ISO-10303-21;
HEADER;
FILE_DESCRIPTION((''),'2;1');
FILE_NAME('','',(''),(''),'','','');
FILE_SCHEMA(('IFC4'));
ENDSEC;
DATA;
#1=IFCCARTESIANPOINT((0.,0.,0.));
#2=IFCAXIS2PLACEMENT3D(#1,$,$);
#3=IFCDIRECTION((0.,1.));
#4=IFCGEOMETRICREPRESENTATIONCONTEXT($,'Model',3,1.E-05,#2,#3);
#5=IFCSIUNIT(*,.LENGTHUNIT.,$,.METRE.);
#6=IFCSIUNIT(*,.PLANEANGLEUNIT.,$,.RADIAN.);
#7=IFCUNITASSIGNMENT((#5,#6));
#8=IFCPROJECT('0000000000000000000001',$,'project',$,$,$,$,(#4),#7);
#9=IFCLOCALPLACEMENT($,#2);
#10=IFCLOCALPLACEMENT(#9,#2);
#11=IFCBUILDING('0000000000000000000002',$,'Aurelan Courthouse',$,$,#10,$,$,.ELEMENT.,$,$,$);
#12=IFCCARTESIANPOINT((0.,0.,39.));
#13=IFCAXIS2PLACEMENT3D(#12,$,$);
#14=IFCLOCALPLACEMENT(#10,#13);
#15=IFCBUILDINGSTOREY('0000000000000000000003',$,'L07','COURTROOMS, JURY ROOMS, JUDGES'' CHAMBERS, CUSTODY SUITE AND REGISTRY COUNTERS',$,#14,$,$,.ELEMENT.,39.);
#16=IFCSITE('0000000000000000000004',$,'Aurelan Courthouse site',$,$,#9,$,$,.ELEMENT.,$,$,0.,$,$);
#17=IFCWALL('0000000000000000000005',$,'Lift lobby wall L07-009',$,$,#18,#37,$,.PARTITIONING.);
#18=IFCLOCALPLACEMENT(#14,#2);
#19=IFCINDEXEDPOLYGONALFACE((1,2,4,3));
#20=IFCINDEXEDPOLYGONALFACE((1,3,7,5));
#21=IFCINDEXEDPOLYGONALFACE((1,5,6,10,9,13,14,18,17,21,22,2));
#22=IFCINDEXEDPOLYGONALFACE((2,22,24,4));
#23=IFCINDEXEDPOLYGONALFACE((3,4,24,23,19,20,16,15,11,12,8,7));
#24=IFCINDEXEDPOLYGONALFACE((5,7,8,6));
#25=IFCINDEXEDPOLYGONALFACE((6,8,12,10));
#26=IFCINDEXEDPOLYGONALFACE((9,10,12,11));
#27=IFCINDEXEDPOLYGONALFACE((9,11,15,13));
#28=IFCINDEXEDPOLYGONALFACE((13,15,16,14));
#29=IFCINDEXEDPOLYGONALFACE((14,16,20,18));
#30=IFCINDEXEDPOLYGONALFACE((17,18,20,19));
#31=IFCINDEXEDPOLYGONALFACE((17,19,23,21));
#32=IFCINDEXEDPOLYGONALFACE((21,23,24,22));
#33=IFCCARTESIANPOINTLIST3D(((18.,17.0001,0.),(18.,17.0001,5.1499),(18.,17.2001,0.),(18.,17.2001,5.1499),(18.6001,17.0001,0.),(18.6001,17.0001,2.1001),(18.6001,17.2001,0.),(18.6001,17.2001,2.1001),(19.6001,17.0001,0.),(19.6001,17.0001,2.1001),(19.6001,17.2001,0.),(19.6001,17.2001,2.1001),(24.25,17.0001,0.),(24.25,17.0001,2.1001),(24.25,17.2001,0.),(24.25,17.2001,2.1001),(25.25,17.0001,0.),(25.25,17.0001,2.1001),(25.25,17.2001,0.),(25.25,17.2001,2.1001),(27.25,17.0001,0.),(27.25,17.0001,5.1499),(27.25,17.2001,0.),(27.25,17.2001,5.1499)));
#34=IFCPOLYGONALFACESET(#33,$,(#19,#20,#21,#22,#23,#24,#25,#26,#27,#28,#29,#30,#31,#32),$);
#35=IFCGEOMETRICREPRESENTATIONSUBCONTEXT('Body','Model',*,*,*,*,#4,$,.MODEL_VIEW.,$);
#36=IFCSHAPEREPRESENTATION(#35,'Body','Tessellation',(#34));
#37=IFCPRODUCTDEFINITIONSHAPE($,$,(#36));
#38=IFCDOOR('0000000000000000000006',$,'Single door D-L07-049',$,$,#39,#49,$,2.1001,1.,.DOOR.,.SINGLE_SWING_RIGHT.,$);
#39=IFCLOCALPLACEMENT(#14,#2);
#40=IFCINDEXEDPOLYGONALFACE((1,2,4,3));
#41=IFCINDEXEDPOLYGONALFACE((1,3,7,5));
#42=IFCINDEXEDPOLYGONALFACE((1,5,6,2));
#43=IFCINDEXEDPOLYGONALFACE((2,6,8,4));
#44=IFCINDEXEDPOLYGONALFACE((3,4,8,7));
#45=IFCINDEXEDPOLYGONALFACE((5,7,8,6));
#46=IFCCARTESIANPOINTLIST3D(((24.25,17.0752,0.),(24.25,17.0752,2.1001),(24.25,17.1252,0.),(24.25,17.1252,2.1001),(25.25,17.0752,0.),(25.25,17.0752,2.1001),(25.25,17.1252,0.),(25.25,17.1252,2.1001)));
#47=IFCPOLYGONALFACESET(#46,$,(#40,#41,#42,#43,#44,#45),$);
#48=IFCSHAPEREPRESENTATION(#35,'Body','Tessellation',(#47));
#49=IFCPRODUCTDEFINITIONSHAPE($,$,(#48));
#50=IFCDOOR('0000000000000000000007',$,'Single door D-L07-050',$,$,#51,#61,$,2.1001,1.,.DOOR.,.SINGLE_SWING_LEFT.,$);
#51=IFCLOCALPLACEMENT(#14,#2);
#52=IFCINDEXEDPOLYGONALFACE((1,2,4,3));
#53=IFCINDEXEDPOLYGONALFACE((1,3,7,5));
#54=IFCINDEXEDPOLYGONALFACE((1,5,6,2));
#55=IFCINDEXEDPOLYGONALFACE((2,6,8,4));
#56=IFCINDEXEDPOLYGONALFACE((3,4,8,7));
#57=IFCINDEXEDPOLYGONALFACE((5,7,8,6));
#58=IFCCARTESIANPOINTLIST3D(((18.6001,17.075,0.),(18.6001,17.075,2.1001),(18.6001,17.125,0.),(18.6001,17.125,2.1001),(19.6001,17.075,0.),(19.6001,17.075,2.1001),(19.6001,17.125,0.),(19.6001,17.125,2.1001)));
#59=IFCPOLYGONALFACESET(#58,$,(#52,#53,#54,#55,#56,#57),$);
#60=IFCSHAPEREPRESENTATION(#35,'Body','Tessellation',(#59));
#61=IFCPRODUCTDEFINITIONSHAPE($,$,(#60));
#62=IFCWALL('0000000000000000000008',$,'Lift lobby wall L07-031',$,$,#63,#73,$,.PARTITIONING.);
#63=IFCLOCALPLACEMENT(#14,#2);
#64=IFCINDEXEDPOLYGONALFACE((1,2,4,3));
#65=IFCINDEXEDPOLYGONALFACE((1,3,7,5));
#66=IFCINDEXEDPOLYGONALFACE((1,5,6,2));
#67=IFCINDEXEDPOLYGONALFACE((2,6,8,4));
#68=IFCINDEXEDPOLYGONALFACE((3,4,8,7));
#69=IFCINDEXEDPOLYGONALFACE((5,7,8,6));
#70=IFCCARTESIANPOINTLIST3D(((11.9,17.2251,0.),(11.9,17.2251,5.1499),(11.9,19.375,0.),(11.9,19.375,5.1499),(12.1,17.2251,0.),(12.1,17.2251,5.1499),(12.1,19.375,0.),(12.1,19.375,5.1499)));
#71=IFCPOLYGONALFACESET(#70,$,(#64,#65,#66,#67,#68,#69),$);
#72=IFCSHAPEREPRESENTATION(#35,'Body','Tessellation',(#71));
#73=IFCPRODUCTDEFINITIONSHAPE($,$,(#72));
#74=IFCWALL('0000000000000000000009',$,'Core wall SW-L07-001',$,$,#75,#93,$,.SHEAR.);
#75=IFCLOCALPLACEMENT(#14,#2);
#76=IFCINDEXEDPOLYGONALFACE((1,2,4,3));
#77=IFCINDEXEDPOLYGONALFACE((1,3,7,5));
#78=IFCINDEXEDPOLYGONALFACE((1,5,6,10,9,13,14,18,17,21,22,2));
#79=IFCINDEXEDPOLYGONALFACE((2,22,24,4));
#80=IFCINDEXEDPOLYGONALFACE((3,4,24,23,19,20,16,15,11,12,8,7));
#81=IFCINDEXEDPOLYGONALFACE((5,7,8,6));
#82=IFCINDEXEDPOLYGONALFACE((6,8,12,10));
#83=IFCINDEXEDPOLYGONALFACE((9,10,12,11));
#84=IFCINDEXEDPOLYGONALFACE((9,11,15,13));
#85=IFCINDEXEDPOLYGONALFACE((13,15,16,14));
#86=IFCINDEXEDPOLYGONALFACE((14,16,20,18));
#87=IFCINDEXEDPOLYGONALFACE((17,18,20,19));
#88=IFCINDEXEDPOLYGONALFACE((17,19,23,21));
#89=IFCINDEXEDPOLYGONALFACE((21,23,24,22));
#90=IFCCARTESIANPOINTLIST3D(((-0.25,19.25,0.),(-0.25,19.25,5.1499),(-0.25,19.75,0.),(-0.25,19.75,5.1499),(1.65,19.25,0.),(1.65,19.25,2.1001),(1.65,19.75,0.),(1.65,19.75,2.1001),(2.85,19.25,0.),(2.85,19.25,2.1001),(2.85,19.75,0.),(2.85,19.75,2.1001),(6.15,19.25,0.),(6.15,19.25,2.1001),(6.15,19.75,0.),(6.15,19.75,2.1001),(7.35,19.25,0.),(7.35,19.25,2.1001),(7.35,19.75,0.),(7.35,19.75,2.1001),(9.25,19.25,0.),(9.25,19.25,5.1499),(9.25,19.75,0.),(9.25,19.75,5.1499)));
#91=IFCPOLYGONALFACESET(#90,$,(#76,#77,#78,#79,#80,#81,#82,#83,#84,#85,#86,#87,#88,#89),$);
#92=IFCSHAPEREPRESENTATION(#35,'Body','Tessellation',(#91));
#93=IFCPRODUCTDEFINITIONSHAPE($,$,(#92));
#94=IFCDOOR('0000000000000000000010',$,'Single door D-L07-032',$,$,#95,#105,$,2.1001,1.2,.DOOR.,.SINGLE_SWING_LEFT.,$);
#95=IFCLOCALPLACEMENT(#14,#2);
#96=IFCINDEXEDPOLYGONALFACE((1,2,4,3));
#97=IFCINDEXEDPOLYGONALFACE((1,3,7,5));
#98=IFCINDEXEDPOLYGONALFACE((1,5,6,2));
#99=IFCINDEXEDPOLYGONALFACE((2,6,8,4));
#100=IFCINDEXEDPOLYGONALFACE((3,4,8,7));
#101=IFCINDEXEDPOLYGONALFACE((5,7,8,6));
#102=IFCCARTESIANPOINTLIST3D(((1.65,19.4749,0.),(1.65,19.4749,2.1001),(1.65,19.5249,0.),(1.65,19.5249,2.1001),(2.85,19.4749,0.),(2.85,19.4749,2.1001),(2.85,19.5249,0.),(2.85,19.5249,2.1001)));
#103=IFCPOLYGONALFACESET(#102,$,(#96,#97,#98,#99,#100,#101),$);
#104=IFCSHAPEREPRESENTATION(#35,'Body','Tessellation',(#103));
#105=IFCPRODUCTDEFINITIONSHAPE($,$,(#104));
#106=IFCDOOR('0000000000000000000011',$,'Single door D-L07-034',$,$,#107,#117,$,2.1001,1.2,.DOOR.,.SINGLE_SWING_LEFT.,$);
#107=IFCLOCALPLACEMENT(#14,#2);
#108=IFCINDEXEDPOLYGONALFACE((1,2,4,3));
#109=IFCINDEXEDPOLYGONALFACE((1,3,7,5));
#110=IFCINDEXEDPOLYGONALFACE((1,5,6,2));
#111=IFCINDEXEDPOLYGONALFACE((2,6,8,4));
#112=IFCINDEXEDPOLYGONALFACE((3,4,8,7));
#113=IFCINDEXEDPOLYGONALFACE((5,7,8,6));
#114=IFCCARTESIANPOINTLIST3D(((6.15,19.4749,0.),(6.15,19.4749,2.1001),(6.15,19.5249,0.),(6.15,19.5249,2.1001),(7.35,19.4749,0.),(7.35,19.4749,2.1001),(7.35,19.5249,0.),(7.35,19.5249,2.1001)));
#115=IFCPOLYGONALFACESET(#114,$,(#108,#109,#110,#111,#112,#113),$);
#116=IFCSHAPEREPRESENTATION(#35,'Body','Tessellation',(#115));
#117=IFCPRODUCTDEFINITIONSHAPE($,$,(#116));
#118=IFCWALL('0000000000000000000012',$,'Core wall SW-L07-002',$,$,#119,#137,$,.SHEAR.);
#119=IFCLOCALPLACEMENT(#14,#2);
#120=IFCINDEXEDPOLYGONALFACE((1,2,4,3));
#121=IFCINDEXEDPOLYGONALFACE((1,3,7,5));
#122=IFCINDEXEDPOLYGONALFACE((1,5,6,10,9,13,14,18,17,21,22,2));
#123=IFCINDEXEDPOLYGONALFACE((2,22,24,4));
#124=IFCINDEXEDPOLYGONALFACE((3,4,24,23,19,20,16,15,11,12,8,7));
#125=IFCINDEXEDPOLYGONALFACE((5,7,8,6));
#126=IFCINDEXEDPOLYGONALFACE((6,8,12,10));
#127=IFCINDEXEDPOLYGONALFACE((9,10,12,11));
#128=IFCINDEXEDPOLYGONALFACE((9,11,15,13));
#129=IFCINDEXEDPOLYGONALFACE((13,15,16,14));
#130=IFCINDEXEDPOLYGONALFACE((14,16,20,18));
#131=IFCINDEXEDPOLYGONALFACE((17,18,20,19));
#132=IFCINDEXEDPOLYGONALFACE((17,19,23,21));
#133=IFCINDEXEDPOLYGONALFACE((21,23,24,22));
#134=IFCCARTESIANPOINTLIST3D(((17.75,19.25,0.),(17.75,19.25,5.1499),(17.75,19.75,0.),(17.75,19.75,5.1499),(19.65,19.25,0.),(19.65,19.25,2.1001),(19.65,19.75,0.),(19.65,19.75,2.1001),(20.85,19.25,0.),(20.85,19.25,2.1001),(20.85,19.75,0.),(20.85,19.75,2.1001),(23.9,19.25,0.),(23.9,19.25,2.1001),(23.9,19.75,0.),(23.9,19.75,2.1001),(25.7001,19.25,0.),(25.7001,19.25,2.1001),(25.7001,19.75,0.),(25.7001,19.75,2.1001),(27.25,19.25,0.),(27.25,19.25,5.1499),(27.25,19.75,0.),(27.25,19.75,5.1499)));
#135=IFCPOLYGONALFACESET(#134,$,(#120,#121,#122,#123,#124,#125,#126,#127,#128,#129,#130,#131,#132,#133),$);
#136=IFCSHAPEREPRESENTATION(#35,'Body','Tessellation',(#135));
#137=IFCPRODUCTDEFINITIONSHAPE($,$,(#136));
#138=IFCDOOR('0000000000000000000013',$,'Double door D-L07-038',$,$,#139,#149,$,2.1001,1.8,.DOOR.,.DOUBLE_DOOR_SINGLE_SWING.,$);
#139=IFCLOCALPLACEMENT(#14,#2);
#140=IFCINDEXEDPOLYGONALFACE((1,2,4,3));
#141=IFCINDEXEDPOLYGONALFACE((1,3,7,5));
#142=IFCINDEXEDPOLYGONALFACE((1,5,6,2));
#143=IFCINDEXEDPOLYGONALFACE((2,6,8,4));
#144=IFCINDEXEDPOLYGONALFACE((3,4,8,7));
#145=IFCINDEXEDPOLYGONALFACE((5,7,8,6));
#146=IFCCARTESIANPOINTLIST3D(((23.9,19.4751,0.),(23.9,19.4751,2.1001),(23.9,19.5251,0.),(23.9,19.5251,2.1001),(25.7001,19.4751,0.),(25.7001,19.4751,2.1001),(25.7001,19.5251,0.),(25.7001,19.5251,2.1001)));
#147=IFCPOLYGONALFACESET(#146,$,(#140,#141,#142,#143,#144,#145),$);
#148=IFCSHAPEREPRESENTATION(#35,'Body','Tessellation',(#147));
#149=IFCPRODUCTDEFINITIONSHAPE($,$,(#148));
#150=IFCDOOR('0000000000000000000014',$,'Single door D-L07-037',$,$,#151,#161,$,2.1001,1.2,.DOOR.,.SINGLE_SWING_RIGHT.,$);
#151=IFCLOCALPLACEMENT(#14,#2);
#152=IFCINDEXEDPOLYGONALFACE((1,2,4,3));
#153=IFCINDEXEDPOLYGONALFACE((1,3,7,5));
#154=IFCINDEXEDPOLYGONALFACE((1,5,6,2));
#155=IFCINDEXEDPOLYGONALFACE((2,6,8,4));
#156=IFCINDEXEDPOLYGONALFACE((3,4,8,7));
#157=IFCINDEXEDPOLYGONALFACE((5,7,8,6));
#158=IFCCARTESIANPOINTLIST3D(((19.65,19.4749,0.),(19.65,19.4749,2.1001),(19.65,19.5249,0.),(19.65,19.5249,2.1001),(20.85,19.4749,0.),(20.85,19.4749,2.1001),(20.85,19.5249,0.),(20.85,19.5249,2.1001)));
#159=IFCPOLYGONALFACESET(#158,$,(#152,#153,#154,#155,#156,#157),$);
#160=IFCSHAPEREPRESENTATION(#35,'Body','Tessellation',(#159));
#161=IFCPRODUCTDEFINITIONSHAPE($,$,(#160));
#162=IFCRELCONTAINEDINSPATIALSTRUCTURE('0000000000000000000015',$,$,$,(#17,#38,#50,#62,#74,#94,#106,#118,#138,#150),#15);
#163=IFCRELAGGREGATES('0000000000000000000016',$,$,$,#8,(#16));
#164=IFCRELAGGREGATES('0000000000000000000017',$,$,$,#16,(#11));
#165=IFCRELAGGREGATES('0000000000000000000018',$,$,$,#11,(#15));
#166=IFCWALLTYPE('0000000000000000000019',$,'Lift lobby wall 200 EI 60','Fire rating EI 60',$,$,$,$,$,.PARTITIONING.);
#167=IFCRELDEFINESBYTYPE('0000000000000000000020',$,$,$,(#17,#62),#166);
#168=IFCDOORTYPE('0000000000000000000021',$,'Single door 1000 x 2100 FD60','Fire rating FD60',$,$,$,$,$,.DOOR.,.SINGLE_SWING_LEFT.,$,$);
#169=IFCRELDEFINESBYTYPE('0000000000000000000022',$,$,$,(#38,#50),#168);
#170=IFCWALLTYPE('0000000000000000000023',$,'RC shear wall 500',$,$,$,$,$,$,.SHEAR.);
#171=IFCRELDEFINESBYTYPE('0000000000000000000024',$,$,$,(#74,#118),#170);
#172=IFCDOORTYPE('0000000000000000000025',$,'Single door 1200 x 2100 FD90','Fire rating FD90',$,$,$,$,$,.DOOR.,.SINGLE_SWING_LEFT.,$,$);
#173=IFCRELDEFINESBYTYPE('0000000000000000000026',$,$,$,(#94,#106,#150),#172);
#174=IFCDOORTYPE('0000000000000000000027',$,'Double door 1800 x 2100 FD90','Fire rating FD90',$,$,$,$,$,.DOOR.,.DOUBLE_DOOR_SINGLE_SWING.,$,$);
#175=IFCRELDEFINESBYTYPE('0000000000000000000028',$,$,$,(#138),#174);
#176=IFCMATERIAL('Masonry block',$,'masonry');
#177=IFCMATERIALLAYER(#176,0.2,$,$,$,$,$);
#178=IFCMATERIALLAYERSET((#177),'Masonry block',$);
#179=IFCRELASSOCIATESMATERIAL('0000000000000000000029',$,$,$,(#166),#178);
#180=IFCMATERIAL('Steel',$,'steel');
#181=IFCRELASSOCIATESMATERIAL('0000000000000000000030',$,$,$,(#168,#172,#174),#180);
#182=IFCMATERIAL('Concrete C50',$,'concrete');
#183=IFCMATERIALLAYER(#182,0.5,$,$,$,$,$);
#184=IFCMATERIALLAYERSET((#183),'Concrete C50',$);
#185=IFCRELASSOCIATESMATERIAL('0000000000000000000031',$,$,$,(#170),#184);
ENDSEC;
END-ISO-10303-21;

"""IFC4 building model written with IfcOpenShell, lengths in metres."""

from ifc_helpers import new_model, si_unit, direction, frame, frame_2d, origin, place, context, subcontext, project, spatial, rectangle, extrude, material, layer, layer_set, type_object, element, fill, save


model = new_model("IFC4")

# Units and contexts
model_context = context("Model", 3, precision=1e-05, world=origin(), true_north=direction((0.0, 1.0)))
body_context = subcontext(model_context, "Body", "Model", "MODEL_VIEW")
ifc_project = project(units=[si_unit("LENGTHUNIT", "METRE"), si_unit("PLANEANGLEUNIT", "RADIAN")], contexts=[model_context])

# Site, building, storey
site_placement = place(None, origin())
site = spatial("IfcSite", under=ifc_project, at=site_placement, Name="Aurelan Courthouse site", CompositionType="ELEMENT", RefElevation=0.0)
building_placement = place(site_placement, origin())
building = spatial("IfcBuilding", under=site, at=building_placement, Name="Aurelan Courthouse", CompositionType="ELEMENT")
storey_placement = place(building_placement, frame((0.0, 0.0, 39.0)))
storey = spatial("IfcBuildingStorey", under=building, at=storey_placement, Name="L07", Description="COURTROOMS, JURY ROOMS, JUDGES' CHAMBERS, CUSTODY SUITE AND REGISTRY COUNTERS", CompositionType="ELEMENT", Elevation=39.0)

# Wall, openings, doors
ifc_material_1 = material(Name="Masonry block", Category="masonry")
ifc_material_2 = material(Name="Steel", Category="steel")
ifc_layer_1 = layer(ifc_material_1, 0.2)
ifc_layer_set_1 = layer_set([ifc_layer_1], Name="Masonry block")
wall_type_1 = type_object("IfcWallType", Name="Lift lobby wall 200 EI 60", Description="Fire rating EI 60", PredefinedType="PARTITIONING", material=ifc_layer_set_1)
wall_1_placement = place(storey_placement, frame((18.0, 17.1001, 0.0), z_axis=(0.0, 0.0, 1.0), x_axis=(1.0, 0.0, 0.0)))
wall_1 = element("IfcWall", 1, at=wall_1_placement, inside=storey, type_object=wall_type_1, Name="Lift lobby wall L07-009", PredefinedType="PARTITIONING", context=body_context, shape_type="SweptSolid", body=[
    extrude(rectangle(XDim=9.25, YDim=0.2, at=frame_2d((4.625, 0.0))), origin(), (0.0, 0.0, 1.0), 5.1499),
])
opening_1_placement = place(wall_1_placement, frame((7.25, 0.0, 0.0), z_axis=(0.0, 0.0, 1.0), x_axis=(-1.0, 0.0, 0.0)))
opening_1 = element("IfcOpeningElement", 2, at=opening_1_placement, cuts=wall_1, PredefinedType="OPENING", context=body_context, shape_type="SweptSolid", body=[
    extrude(rectangle(XDim=1.0, YDim=2.1001, at=frame_2d((0.5, 1.05))), frame((0.0, 0.1099, 0.0), z_axis=(0.0, -1.0, 0.0), x_axis=(1.0, 0.0, 0.0)), (0.0, 0.0, 1.0), 0.22),
])
opening_2_placement = place(wall_1_placement, frame((0.6001, 0.0, 0.0)))
opening_2 = element("IfcOpeningElement", 3, at=opening_2_placement, cuts=wall_1, PredefinedType="OPENING", context=body_context, shape_type="SweptSolid", body=[
    extrude(rectangle(XDim=1.0, YDim=2.1001, at=frame_2d((0.5, 1.05))), frame((0.0, 0.1099, 0.0), z_axis=(0.0, -1.0, 0.0), x_axis=(1.0, 0.0, 0.0)), (0.0, 0.0, 1.0), 0.22),
])
door_type_1 = type_object("IfcDoorType", Name="Single door 1000 x 2100 FD60", Description="Fire rating FD60", OperationType="SINGLE_SWING_LEFT", PredefinedType="DOOR", material=ifc_material_2)
door_1_placement = place(opening_1_placement, origin())
door_1 = element("IfcDoor", 4, at=door_1_placement, inside=storey, type_object=door_type_1, Name="Single door D-L07-049", OperationType="SINGLE_SWING_RIGHT", OverallHeight=2.1001, OverallWidth=1.0, PredefinedType="DOOR", context=body_context, shape_type="SweptSolid", body=[
    extrude(rectangle(XDim=1.0, YDim=2.1001, at=frame_2d((0.5, 1.05))), frame((0.0, 0.0249, 0.0), z_axis=(0.0, -1.0, 0.0), x_axis=(1.0, 0.0, 0.0)), (0.0, 0.0, 1.0), 0.05),
])
fill(opening_1, door_1)
door_2_placement = place(opening_2_placement, origin())
door_2 = element("IfcDoor", 5, at=door_2_placement, inside=storey, type_object=door_type_1, Name="Single door D-L07-050", OperationType="SINGLE_SWING_LEFT", OverallHeight=2.1001, OverallWidth=1.0, PredefinedType="DOOR", context=body_context, shape_type="SweptSolid", body=[
    extrude(rectangle(XDim=1.0, YDim=2.1001, at=frame_2d((0.5, 1.05))), frame((0.0, 0.0249, 0.0), z_axis=(0.0, -1.0, 0.0), x_axis=(1.0, 0.0, 0.0)), (0.0, 0.0, 1.0), 0.05),
])
fill(opening_2, door_2)

# Wall
wall_2_placement = place(storey_placement, frame((12.0, 17.2251, 0.0), z_axis=(0.0, 0.0, 1.0), x_axis=(0.0, 1.0, 0.0)))
element("IfcWall", 6, at=wall_2_placement, inside=storey, type_object=wall_type_1, Name="Lift lobby wall L07-031", PredefinedType="PARTITIONING", context=body_context, shape_type="SweptSolid", body=[
    extrude(rectangle(XDim=2.1499, YDim=0.2, at=frame_2d((1.075, 0.0))), origin(), (0.0, 0.0, 1.0), 5.1499),
])

# Walls, openings, doors
ifc_material_3 = material(Name="Concrete C50", Category="concrete")
ifc_layer_2 = layer(ifc_material_3, 0.5)
ifc_layer_set_2 = layer_set([ifc_layer_2], Name="Concrete C50")
wall_type_2 = type_object("IfcWallType", Name="RC shear wall 500", PredefinedType="SHEAR", material=ifc_layer_set_2)
wall_3_placement = place(storey_placement, frame((-0.25, 19.5, 0.0), z_axis=(0.0, 0.0, 1.0), x_axis=(1.0, 0.0, 0.0)))
wall_3 = element("IfcWall", 7, at=wall_3_placement, inside=storey, type_object=wall_type_2, Name="Core wall SW-L07-001", PredefinedType="SHEAR", context=body_context, shape_type="SweptSolid", body=[
    extrude(rectangle(XDim=9.5, YDim=0.5, at=frame_2d((4.75, 0.0))), origin(), (0.0, 0.0, 1.0), 5.1499),
])
opening_3_placement = place(wall_3_placement, frame((1.8999, 0.0, 0.0)))
opening_3 = element("IfcOpeningElement", 8, at=opening_3_placement, cuts=wall_3, PredefinedType="OPENING", context=body_context, shape_type="SweptSolid", body=[
    extrude(rectangle(XDim=1.2, YDim=2.1001, at=frame_2d((0.6001, 1.05))), frame((0.0, 0.26, 0.0), z_axis=(0.0, -1.0, 0.0), x_axis=(1.0, 0.0, 0.0)), (0.0, 0.0, 1.0), 0.52),
])
opening_4_placement = place(wall_3_placement, frame((6.3999, 0.0, 0.0)))
opening_4 = element("IfcOpeningElement", 9, at=opening_4_placement, cuts=wall_3, PredefinedType="OPENING", context=body_context, shape_type="SweptSolid", body=[
    extrude(rectangle(XDim=1.2, YDim=2.1001, at=frame_2d((0.6001, 1.05))), frame((0.0, 0.26, 0.0), z_axis=(0.0, -1.0, 0.0), x_axis=(1.0, 0.0, 0.0)), (0.0, 0.0, 1.0), 0.52),
])
door_type_2 = type_object("IfcDoorType", Name="Single door 1200 x 2100 FD90", Description="Fire rating FD90", OperationType="SINGLE_SWING_LEFT", PredefinedType="DOOR", material=ifc_material_2)
door_3_placement = place(opening_3_placement, origin())
door_3 = element("IfcDoor", 10, at=door_3_placement, inside=storey, type_object=door_type_2, Name="Single door D-L07-032", OperationType="SINGLE_SWING_LEFT", OverallHeight=2.1001, OverallWidth=1.2, PredefinedType="DOOR", context=body_context, shape_type="SweptSolid", body=[
    extrude(rectangle(XDim=1.2, YDim=2.1001, at=frame_2d((0.6001, 1.05))), frame((0.0, 0.0249, 0.0), z_axis=(0.0, -1.0, 0.0), x_axis=(1.0, 0.0, 0.0)), (0.0, 0.0, 1.0), 0.05),
])
fill(opening_3, door_3)
door_4_placement = place(opening_4_placement, origin())
door_4 = element("IfcDoor", 11, at=door_4_placement, inside=storey, type_object=door_type_2, Name="Single door D-L07-034", OperationType="SINGLE_SWING_LEFT", OverallHeight=2.1001, OverallWidth=1.2, PredefinedType="DOOR", context=body_context, shape_type="SweptSolid", body=[
    extrude(rectangle(XDim=1.2, YDim=2.1001, at=frame_2d((0.6001, 1.05))), frame((0.0, 0.0249, 0.0), z_axis=(0.0, -1.0, 0.0), x_axis=(1.0, 0.0, 0.0)), (0.0, 0.0, 1.0), 0.05),
])
fill(opening_4, door_4)
wall_4_placement = place(storey_placement, frame((17.75, 19.5, 0.0), z_axis=(0.0, 0.0, 1.0), x_axis=(1.0, 0.0, 0.0)))
wall_4 = element("IfcWall", 12, at=wall_4_placement, inside=storey, type_object=wall_type_2, Name="Core wall SW-L07-002", PredefinedType="SHEAR", context=body_context, shape_type="SweptSolid", body=[
    extrude(rectangle(XDim=9.5, YDim=0.5, at=frame_2d((4.75, 0.0))), origin(), (0.0, 0.0, 1.0), 5.1499),
])
opening_5_placement = place(wall_4_placement, frame((1.8999, 0.0, 0.0)))
opening_5 = element("IfcOpeningElement", 13, at=opening_5_placement, cuts=wall_4, PredefinedType="OPENING", context=body_context, shape_type="SweptSolid", body=[
    extrude(rectangle(XDim=1.2, YDim=2.1001, at=frame_2d((0.6001, 1.05))), frame((0.0, 0.26, 0.0), z_axis=(0.0, -1.0, 0.0), x_axis=(1.0, 0.0, 0.0)), (0.0, 0.0, 1.0), 0.52),
])
opening_6_placement = place(wall_4_placement, frame((7.95, 0.0, 0.0), z_axis=(0.0, 0.0, 1.0), x_axis=(-1.0, 0.0, 0.0)))
opening_6 = element("IfcOpeningElement", 14, at=opening_6_placement, cuts=wall_4, PredefinedType="OPENING", context=body_context, shape_type="SweptSolid", body=[
    extrude(rectangle(XDim=1.8, YDim=2.1001, at=frame_2d((0.8999, 1.05))), frame((0.0, 0.26, 0.0), z_axis=(0.0, -1.0, 0.0), x_axis=(1.0, 0.0, 0.0)), (0.0, 0.0, 1.0), 0.52),
])
door_type_3 = type_object("IfcDoorType", Name="Double door 1800 x 2100 FD90", Description="Fire rating FD90", OperationType="DOUBLE_DOOR_SINGLE_SWING", PredefinedType="DOOR", material=ifc_material_2)
door_5_placement = place(opening_6_placement, origin())
door_5 = element("IfcDoor", 15, at=door_5_placement, inside=storey, type_object=door_type_3, Name="Double door D-L07-038", OperationType="DOUBLE_DOOR_SINGLE_SWING", OverallHeight=2.1001, OverallWidth=1.8, PredefinedType="DOOR", context=body_context, shape_type="SweptSolid", body=[
    extrude(rectangle(XDim=1.8, YDim=2.1001, at=frame_2d((0.8999, 1.05))), frame((0.0, 0.0249, 0.0), z_axis=(0.0, -1.0, 0.0), x_axis=(1.0, 0.0, 0.0)), (0.0, 0.0, 1.0), 0.05),
])
fill(opening_6, door_5)
door_6_placement = place(opening_5_placement, origin())
door_6 = element("IfcDoor", 16, at=door_6_placement, inside=storey, type_object=door_type_2, Name="Single door D-L07-037", OperationType="SINGLE_SWING_RIGHT", OverallHeight=2.1001, OverallWidth=1.2, PredefinedType="DOOR", context=body_context, shape_type="SweptSolid", body=[
    extrude(rectangle(XDim=1.2, YDim=2.1001, at=frame_2d((0.6001, 1.05))), frame((0.0, 0.0249, 0.0), z_axis=(0.0, -1.0, 0.0), x_axis=(1.0, 0.0, 0.0)), (0.0, 0.0, 1.0), 0.05),
])
fill(opening_5, door_6)

save(model, "model.ifc")
